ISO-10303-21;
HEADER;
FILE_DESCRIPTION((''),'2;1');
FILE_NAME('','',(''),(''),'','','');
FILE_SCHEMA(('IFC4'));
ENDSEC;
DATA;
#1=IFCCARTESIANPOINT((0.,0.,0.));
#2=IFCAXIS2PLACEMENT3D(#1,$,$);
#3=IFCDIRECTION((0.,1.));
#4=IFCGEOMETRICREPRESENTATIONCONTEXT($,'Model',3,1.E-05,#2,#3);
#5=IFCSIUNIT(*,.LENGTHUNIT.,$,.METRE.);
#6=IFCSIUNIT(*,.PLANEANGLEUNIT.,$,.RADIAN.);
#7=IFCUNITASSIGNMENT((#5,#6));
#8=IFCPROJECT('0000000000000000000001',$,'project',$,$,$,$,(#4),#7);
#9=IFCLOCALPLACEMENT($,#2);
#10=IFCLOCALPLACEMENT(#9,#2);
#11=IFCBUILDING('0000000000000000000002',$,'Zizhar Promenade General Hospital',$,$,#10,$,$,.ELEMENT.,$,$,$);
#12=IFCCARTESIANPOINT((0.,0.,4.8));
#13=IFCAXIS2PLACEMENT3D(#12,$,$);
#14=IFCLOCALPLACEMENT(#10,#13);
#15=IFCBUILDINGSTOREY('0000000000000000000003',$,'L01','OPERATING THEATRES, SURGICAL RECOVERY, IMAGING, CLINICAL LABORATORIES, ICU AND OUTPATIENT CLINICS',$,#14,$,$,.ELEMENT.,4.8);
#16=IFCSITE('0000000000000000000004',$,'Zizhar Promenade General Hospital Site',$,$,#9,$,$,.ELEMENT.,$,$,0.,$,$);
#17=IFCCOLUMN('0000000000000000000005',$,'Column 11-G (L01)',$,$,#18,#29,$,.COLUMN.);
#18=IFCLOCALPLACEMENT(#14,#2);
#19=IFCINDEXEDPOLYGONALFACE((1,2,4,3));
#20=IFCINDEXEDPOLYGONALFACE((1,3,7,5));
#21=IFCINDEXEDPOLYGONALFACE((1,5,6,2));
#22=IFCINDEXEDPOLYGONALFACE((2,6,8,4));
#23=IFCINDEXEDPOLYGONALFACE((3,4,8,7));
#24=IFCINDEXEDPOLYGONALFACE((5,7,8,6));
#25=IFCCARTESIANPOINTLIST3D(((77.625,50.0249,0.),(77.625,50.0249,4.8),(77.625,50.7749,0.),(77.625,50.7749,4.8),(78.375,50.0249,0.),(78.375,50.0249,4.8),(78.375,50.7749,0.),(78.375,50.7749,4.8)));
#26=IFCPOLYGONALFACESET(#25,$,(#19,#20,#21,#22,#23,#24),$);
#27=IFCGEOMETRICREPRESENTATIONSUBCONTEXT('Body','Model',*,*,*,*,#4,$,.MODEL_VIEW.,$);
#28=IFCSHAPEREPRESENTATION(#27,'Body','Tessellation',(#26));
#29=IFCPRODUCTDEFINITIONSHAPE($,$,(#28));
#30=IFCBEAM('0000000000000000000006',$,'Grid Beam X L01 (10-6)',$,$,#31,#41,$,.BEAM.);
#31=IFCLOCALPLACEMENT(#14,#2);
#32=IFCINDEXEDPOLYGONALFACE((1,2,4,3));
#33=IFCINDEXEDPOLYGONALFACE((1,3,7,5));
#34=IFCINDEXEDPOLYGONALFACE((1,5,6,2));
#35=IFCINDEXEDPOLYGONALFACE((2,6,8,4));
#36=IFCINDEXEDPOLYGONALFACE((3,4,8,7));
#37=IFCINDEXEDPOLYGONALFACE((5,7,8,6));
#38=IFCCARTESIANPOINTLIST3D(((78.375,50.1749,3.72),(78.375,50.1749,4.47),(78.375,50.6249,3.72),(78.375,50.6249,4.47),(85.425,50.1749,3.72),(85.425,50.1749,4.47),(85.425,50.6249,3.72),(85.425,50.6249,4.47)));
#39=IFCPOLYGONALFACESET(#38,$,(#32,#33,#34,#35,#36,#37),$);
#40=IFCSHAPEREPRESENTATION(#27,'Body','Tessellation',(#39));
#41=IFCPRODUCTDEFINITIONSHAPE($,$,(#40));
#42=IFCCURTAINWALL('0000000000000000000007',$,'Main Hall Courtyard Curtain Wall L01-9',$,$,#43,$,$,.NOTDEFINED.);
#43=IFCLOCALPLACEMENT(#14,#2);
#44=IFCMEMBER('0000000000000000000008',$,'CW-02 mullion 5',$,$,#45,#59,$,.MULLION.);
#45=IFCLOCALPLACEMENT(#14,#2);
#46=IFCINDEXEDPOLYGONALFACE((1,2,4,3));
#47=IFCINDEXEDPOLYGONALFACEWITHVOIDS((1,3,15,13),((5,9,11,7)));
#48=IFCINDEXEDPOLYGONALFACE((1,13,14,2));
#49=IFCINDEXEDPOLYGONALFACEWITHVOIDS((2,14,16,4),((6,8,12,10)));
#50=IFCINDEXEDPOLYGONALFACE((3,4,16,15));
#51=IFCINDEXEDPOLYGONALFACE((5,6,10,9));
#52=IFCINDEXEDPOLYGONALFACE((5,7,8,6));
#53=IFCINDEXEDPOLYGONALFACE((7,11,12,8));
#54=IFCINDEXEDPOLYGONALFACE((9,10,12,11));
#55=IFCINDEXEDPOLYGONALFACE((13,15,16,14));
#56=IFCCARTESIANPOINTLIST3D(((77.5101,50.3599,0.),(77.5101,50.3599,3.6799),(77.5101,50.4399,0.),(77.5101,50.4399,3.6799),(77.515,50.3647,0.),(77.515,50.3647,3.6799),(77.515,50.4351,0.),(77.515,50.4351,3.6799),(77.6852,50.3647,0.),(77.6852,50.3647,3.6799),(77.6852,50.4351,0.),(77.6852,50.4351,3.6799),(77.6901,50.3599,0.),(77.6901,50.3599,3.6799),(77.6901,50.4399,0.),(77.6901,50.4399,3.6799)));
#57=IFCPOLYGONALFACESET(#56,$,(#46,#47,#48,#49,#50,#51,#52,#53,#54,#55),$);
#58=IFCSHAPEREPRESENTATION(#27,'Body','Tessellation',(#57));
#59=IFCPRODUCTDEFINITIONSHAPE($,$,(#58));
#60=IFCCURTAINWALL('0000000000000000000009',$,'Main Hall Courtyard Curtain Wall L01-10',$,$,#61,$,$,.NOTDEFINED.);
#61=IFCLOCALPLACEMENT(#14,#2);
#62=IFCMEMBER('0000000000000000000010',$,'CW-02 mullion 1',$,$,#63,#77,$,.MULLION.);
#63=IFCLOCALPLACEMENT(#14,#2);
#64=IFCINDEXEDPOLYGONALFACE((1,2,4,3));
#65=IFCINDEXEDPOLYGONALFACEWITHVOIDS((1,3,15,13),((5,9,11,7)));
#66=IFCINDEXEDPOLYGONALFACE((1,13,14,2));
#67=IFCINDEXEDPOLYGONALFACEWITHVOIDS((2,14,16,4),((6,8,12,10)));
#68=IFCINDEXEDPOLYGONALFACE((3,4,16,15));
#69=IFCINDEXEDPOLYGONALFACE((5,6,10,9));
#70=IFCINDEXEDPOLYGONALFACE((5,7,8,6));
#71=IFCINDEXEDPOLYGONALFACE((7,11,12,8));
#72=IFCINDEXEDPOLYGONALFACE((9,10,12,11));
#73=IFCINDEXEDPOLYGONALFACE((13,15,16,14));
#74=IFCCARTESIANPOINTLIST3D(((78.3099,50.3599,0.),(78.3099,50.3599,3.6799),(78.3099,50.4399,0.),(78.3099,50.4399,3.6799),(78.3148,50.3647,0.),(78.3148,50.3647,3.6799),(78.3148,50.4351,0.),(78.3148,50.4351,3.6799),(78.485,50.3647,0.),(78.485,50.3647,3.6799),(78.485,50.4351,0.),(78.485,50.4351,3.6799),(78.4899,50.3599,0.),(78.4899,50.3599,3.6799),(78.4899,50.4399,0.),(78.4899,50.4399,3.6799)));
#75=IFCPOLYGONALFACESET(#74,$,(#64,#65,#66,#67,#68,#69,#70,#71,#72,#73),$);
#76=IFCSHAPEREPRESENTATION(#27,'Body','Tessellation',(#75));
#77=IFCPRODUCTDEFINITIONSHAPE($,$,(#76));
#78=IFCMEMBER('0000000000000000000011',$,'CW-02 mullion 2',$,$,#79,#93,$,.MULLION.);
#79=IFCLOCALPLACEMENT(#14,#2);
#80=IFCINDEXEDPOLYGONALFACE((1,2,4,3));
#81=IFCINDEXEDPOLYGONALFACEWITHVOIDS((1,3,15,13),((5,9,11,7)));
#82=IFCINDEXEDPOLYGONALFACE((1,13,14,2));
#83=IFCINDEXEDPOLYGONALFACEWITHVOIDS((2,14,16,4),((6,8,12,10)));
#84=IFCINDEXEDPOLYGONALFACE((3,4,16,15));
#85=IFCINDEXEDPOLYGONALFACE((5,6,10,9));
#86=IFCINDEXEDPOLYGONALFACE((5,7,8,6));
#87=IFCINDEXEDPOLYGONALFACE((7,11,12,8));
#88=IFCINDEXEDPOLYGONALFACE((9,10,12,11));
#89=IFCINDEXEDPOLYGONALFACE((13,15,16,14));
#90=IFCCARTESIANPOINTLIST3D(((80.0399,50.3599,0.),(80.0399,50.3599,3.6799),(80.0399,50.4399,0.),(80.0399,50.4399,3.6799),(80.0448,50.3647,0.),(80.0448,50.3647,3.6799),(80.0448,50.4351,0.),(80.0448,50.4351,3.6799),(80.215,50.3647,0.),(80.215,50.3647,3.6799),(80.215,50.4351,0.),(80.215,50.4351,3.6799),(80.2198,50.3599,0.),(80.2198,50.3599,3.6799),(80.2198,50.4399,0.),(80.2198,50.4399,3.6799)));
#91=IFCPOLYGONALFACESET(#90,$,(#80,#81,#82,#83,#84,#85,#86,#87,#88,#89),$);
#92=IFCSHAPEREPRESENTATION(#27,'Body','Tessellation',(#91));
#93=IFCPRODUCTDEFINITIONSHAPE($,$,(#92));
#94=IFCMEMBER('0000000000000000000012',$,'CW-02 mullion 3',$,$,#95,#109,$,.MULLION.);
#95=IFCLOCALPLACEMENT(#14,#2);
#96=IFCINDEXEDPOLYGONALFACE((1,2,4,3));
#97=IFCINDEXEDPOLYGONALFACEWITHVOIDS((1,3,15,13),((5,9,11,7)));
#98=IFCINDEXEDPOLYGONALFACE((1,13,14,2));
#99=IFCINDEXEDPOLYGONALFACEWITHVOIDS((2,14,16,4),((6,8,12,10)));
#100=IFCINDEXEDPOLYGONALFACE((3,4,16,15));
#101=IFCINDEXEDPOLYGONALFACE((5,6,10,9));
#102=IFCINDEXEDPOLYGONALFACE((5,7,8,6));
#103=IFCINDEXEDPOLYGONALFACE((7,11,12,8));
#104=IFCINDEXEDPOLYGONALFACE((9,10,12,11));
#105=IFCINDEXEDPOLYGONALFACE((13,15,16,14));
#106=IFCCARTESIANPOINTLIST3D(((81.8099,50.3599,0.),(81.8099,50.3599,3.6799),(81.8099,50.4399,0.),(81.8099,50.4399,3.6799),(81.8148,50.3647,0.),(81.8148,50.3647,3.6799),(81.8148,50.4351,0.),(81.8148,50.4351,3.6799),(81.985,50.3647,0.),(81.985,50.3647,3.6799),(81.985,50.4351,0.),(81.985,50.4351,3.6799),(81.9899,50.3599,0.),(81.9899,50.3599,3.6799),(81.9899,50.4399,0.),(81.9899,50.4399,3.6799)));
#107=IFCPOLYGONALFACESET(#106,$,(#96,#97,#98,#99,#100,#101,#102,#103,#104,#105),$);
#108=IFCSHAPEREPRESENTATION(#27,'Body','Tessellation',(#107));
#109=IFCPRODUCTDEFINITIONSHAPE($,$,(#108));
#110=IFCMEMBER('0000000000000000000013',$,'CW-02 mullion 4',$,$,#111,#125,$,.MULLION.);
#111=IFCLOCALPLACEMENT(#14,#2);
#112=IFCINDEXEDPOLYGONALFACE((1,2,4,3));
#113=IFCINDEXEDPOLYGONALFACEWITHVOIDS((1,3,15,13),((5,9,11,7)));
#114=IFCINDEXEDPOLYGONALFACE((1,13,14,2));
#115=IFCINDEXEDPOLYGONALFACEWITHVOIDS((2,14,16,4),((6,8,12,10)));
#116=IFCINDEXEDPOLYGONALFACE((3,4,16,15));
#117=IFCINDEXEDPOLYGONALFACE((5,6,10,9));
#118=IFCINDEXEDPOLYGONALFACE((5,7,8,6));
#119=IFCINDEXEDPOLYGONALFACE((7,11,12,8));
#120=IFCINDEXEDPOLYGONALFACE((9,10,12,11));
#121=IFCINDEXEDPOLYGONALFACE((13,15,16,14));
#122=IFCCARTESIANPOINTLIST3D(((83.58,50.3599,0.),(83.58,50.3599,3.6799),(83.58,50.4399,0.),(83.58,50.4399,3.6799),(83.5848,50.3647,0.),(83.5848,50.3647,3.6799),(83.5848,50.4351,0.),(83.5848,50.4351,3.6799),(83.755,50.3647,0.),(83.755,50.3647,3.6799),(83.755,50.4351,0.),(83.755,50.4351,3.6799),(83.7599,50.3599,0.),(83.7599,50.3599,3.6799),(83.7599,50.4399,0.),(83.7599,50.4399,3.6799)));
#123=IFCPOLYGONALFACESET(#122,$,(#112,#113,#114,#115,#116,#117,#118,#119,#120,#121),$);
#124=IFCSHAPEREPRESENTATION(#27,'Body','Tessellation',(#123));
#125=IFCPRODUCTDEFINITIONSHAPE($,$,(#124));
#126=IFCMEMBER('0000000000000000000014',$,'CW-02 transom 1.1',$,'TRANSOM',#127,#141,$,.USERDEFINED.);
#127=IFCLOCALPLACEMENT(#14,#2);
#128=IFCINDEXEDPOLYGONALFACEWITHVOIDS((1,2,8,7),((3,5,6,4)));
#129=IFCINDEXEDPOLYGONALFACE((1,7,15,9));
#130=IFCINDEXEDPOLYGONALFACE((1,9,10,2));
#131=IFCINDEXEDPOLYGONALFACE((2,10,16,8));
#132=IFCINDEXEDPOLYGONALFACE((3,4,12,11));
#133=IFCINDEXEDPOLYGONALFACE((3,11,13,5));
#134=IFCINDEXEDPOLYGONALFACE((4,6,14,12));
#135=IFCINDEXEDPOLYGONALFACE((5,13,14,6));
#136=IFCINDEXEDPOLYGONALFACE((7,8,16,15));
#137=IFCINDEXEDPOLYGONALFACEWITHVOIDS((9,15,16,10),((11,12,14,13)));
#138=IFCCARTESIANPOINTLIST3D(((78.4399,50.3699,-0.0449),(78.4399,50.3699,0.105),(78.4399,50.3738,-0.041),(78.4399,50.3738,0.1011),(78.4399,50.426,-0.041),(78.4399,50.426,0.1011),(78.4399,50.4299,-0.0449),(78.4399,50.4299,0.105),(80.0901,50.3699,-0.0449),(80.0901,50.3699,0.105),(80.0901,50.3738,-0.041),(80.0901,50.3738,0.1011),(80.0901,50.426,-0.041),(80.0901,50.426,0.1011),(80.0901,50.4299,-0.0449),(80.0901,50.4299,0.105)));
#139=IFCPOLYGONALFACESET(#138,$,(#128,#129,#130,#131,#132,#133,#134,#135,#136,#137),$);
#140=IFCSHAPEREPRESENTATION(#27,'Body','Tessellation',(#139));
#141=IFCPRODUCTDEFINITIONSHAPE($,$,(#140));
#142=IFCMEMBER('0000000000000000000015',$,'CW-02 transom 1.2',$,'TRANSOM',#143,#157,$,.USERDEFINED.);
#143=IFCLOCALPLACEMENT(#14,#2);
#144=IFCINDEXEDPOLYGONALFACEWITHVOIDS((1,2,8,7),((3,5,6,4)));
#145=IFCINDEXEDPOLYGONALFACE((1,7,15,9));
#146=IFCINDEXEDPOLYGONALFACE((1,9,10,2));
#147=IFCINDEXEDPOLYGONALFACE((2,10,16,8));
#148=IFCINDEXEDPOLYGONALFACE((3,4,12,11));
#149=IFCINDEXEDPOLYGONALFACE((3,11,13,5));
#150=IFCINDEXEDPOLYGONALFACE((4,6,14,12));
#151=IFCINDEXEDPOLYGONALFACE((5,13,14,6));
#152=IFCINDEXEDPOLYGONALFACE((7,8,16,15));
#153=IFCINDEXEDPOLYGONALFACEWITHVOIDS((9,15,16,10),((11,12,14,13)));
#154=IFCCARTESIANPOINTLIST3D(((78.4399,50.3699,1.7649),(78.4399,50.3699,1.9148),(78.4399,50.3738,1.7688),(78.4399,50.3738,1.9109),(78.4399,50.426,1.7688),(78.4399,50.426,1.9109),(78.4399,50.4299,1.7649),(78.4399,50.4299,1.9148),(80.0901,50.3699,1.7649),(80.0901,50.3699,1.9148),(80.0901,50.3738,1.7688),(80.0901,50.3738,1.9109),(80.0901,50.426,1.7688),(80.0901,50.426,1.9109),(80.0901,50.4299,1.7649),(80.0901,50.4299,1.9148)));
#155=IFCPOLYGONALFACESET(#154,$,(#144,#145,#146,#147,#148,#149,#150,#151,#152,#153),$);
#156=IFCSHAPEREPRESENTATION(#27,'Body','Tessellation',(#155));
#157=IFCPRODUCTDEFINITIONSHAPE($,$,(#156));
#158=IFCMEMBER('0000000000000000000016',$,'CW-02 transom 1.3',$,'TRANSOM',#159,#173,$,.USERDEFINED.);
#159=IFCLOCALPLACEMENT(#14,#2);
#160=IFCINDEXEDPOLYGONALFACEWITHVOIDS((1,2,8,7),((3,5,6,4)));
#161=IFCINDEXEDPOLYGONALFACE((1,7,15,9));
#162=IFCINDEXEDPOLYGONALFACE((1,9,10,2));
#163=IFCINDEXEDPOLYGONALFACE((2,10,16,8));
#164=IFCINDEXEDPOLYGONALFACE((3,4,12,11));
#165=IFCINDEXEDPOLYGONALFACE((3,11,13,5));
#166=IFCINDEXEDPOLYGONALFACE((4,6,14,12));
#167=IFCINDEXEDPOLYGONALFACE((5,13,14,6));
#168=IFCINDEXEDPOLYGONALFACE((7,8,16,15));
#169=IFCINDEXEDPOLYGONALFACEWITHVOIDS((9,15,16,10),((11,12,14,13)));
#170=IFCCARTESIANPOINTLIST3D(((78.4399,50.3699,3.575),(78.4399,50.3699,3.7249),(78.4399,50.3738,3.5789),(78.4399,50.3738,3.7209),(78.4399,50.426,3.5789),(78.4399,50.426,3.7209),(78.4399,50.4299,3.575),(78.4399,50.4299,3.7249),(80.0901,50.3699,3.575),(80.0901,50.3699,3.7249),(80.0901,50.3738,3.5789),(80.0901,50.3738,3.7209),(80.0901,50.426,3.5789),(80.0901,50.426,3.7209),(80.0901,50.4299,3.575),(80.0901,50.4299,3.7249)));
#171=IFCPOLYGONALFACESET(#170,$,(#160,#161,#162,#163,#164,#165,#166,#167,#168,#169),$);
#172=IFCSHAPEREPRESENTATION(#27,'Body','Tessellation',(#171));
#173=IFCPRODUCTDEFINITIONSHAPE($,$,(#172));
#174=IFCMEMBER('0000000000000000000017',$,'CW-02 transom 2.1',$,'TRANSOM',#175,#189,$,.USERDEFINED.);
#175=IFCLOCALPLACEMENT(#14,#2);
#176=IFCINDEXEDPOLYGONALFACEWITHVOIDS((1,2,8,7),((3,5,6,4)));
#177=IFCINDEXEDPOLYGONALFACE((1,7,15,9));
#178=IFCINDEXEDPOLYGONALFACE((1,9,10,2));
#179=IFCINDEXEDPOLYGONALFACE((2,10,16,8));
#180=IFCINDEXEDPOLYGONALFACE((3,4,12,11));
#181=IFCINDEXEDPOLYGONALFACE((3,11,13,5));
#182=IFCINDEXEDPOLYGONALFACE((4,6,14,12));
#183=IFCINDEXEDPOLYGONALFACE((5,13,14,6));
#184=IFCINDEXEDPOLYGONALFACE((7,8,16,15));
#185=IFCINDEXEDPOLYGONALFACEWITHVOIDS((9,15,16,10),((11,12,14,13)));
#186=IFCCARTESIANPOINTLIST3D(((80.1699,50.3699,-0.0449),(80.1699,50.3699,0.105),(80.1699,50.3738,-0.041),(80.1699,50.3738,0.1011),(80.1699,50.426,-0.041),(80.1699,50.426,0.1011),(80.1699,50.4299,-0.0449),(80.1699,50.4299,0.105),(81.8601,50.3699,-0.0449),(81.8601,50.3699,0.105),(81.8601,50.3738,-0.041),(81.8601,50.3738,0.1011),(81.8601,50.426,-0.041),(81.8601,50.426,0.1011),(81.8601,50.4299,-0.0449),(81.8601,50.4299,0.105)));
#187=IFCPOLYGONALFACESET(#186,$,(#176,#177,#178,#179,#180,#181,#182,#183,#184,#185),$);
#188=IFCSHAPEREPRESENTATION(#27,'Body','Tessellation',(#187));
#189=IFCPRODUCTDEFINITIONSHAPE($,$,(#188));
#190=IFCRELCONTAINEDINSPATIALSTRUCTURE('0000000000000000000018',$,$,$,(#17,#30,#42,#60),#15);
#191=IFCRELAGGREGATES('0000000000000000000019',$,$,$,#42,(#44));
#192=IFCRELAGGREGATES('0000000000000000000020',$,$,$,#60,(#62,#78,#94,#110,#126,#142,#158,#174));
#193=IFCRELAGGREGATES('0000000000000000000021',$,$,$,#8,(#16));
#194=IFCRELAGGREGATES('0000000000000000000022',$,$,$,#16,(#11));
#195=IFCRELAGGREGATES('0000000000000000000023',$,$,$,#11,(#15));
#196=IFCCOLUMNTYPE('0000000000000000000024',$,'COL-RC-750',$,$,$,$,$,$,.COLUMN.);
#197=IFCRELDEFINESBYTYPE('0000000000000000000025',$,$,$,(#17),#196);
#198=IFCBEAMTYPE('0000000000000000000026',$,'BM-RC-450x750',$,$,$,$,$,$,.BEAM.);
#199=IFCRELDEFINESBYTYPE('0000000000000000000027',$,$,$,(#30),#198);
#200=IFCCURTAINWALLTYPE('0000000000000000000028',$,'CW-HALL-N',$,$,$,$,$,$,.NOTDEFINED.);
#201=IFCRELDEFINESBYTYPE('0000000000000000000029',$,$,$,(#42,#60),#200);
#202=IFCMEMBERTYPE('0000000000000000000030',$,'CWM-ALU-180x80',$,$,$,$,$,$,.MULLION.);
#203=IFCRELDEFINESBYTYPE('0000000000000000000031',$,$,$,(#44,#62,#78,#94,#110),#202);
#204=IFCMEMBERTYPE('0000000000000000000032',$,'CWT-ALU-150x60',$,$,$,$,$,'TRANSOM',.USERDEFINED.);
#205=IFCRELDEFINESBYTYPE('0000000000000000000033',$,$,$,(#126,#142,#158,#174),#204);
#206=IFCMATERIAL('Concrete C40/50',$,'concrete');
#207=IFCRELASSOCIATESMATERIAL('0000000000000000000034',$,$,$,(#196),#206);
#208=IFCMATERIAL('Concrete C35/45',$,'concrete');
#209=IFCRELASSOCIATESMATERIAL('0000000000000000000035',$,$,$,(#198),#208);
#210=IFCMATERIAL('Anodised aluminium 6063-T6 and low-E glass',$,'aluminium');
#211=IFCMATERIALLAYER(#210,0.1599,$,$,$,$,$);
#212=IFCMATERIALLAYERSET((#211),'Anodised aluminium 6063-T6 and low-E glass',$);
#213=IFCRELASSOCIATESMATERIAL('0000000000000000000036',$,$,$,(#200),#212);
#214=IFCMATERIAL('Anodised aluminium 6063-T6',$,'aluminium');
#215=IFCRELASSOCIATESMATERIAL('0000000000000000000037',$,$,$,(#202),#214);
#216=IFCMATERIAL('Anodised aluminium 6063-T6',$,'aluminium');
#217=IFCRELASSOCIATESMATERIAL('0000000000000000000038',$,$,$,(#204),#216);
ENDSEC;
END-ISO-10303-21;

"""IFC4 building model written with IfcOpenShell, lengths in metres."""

from ifc_helpers import new_model, si_unit, direction, frame, origin, origin_2d, place, context, subcontext, project, spatial, rectangle, hollow_rectangle, extrude, material, layer, layer_set, material_profile, profile_set, type_object, element, aggregate, save


model = new_model("IFC4")

# Units and contexts
model_context = context("Model", 3, precision=1e-05, world=origin(), true_north=direction((0.0, 1.0)))
body_context = subcontext(model_context, "Body", "Model", "MODEL_VIEW")
ifc_project = project(units=[si_unit("LENGTHUNIT", "METRE"), si_unit("PLANEANGLEUNIT", "RADIAN")], contexts=[model_context])

# Site, building, storey
site_placement = place(None, origin())
site = spatial("IfcSite", under=ifc_project, at=site_placement, Name="Zizhar Promenade General Hospital Site", CompositionType="ELEMENT", RefElevation=0.0)
building_placement = place(site_placement, origin())
building = spatial("IfcBuilding", under=site, at=building_placement, Name="Zizhar Promenade General Hospital", CompositionType="ELEMENT")
storey_placement = place(building_placement, frame((0.0, 0.0, 4.8)))
storey = spatial("IfcBuildingStorey", under=building, at=storey_placement, Name="L01", Description="OPERATING THEATRES, SURGICAL RECOVERY, IMAGING, CLINICAL LABORATORIES, ICU AND OUTPATIENT CLINICS", CompositionType="ELEMENT", Elevation=4.8)

# Column
ifc_material_1 = material(Name="Concrete C40/50", Category="concrete")
ifc_material_profile_1 = material_profile(ifc_material_1, rectangle(XDim=0.75, YDim=0.75, at=origin_2d()))
ifc_profile_set_1 = profile_set([ifc_material_profile_1], Name="Concrete C40/50")
column_type = type_object("IfcColumnType", Name="COL-RC-750", PredefinedType="COLUMN", material=ifc_profile_set_1)
column_placement = place(storey_placement, frame((78.0, 50.3999, 0.0), z_axis=(0.0, 0.0, 1.0), x_axis=(1.0, 0.0, 0.0)))
element("IfcColumn", 1, at=column_placement, inside=storey, type_object=column_type, Name="Column 11-G (L01)", PredefinedType="COLUMN", context=body_context, shape_type="SweptSolid", body=[
    extrude(rectangle(XDim=0.75, YDim=0.75, at=origin_2d()), origin(), (0.0, 0.0, 1.0), 4.8),
])

# Beam
ifc_material_2 = material(Name="Concrete C35/45", Category="concrete")
ifc_material_profile_2 = material_profile(ifc_material_2, rectangle(XDim=0.45, YDim=0.75, at=origin_2d()))
ifc_profile_set_2 = profile_set([ifc_material_profile_2], Name="Concrete C35/45")
beam_type = type_object("IfcBeamType", Name="BM-RC-450x750", PredefinedType="BEAM", material=ifc_profile_set_2)
beam_placement = place(storey_placement, frame((78.375, 50.3999, 4.095), z_axis=(1.0, 0.0, 0.0), x_axis=(0.0, 1.0, 0.0)))
element("IfcBeam", 2, at=beam_placement, inside=storey, type_object=beam_type, Name="Grid Beam X L01 (10-6)", PredefinedType="BEAM", context=body_context, shape_type="SweptSolid", body=[
    extrude(rectangle(XDim=0.45, YDim=0.75, at=origin_2d()), origin(), (0.0, 0.0, 1.0), 7.05),
])

# Curtain wall, member
ifc_material_3 = material(Name="Anodised aluminium 6063-T6 and low-E glass", Category="aluminium")
ifc_layer_1 = layer(ifc_material_3, 0.1599)
ifc_layer_set_1 = layer_set([ifc_layer_1], Name="Anodised aluminium 6063-T6 and low-E glass")
curtain_wall_type = type_object("IfcCurtainWallType", Name="CW-HALL-N", PredefinedType="NOTDEFINED", material=ifc_layer_set_1)
curtain_wall_1_placement = place(storey_placement, origin())
curtain_wall_1 = element("IfcCurtainWall", 3, at=curtain_wall_1_placement, inside=storey, type_object=curtain_wall_type, Name="Main Hall Courtyard Curtain Wall L01-9", PredefinedType="NOTDEFINED")
ifc_material_4 = material(Name="Anodised aluminium 6063-T6", Category="aluminium")
ifc_material_profile_3 = material_profile(ifc_material_4, hollow_rectangle(XDim=0.0801, YDim=0.1799, WallThickness=0.0049, at=origin_2d()))
ifc_profile_set_3 = profile_set([ifc_material_profile_3], Name="Anodised aluminium 6063-T6")
member_type_1 = type_object("IfcMemberType", Name="CWM-ALU-180x80", PredefinedType="MULLION", material=ifc_profile_set_3)
member_1_placement = place(storey_placement, frame((77.6001, 50.3999, 0.0), z_axis=(0.0, 0.0, 1.0), x_axis=(0.0, 1.0, 0.0)))
member_1 = element("IfcMember", 4, at=member_1_placement, type_object=member_type_1, Name="CW-02 mullion 5", PredefinedType="MULLION", context=body_context, shape_type="SweptSolid", body=[
    extrude(hollow_rectangle(XDim=0.0801, YDim=0.1799, WallThickness=0.0049, at=origin_2d()), origin(), (0.0, 0.0, 1.0), 3.6799),
])

# Curtain wall, members
curtain_wall_2_placement = place(storey_placement, origin())
curtain_wall_2 = element("IfcCurtainWall", 5, at=curtain_wall_2_placement, inside=storey, type_object=curtain_wall_type, Name="Main Hall Courtyard Curtain Wall L01-10", PredefinedType="NOTDEFINED")
member_2_placement = place(storey_placement, frame((78.3999, 50.3999, 0.0), z_axis=(0.0, 0.0, 1.0), x_axis=(0.0, 1.0, 0.0)))
member_2 = element("IfcMember", 6, at=member_2_placement, type_object=member_type_1, Name="CW-02 mullion 1", PredefinedType="MULLION", context=body_context, shape_type="SweptSolid", body=[
    extrude(hollow_rectangle(XDim=0.0801, YDim=0.1799, WallThickness=0.0049, at=origin_2d()), origin(), (0.0, 0.0, 1.0), 3.6799),
])
member_3_placement = place(storey_placement, frame((80.1299, 50.3999, 0.0), z_axis=(0.0, 0.0, 1.0), x_axis=(0.0, 1.0, 0.0)))
member_3 = element("IfcMember", 7, at=member_3_placement, type_object=member_type_1, Name="CW-02 mullion 2", PredefinedType="MULLION", context=body_context, shape_type="SweptSolid", body=[
    extrude(hollow_rectangle(XDim=0.0801, YDim=0.1799, WallThickness=0.0049, at=origin_2d()), origin(), (0.0, 0.0, 1.0), 3.6799),
])
member_4_placement = place(storey_placement, frame((81.8999, 50.3999, 0.0), z_axis=(0.0, 0.0, 1.0), x_axis=(0.0, 1.0, 0.0)))
member_4 = element("IfcMember", 8, at=member_4_placement, type_object=member_type_1, Name="CW-02 mullion 3", PredefinedType="MULLION", context=body_context, shape_type="SweptSolid", body=[
    extrude(hollow_rectangle(XDim=0.0801, YDim=0.1799, WallThickness=0.0049, at=origin_2d()), origin(), (0.0, 0.0, 1.0), 3.6799),
])
member_5_placement = place(storey_placement, frame((83.6699, 50.3999, 0.0), z_axis=(0.0, 0.0, 1.0), x_axis=(0.0, 1.0, 0.0)))
member_5 = element("IfcMember", 9, at=member_5_placement, type_object=member_type_1, Name="CW-02 mullion 4", PredefinedType="MULLION", context=body_context, shape_type="SweptSolid", body=[
    extrude(hollow_rectangle(XDim=0.0801, YDim=0.1799, WallThickness=0.0049, at=origin_2d()), origin(), (0.0, 0.0, 1.0), 3.6799),
])
ifc_material_5 = material(Name="Anodised aluminium 6063-T6", Category="aluminium")
ifc_material_profile_4 = material_profile(ifc_material_5, hollow_rectangle(XDim=0.0601, YDim=0.1499, WallThickness=0.0039, at=origin_2d()))
ifc_profile_set_4 = profile_set([ifc_material_profile_4], Name="Anodised aluminium 6063-T6")
member_type_2 = type_object("IfcMemberType", Name="CWT-ALU-150x60", ElementType="TRANSOM", PredefinedType="USERDEFINED", material=ifc_profile_set_4)
member_6_placement = place(storey_placement, frame((78.4399, 50.3999, 0.03), z_axis=(1.0, 0.0, 0.0), x_axis=(0.0, 1.0, 0.0)))
member_6 = element("IfcMember", 10, at=member_6_placement, type_object=member_type_2, Name="CW-02 transom 1.1", ObjectType="TRANSOM", PredefinedType="USERDEFINED", context=body_context, shape_type="SweptSolid", body=[
    extrude(hollow_rectangle(XDim=0.0601, YDim=0.1499, WallThickness=0.0039, at=origin_2d()), origin(), (0.0, 0.0, 1.0), 1.6501),
])
member_7_placement = place(storey_placement, frame((78.4399, 50.3999, 1.8398), z_axis=(1.0, 0.0, 0.0), x_axis=(0.0, 1.0, 0.0)))
member_7 = element("IfcMember", 11, at=member_7_placement, type_object=member_type_2, Name="CW-02 transom 1.2", ObjectType="TRANSOM", PredefinedType="USERDEFINED", context=body_context, shape_type="SweptSolid", body=[
    extrude(hollow_rectangle(XDim=0.0601, YDim=0.1499, WallThickness=0.0039, at=origin_2d()), origin(), (0.0, 0.0, 1.0), 1.6501),
])
member_8_placement = place(storey_placement, frame((78.4399, 50.3999, 3.6499), z_axis=(1.0, 0.0, 0.0), x_axis=(0.0, 1.0, 0.0)))
member_8 = element("IfcMember", 12, at=member_8_placement, type_object=member_type_2, Name="CW-02 transom 1.3", ObjectType="TRANSOM", PredefinedType="USERDEFINED", context=body_context, shape_type="SweptSolid", body=[
    extrude(hollow_rectangle(XDim=0.0601, YDim=0.1499, WallThickness=0.0039, at=origin_2d()), origin(), (0.0, 0.0, 1.0), 1.6501),
])
member_9_placement = place(storey_placement, frame((80.1699, 50.3999, 0.03), z_axis=(1.0, 0.0, 0.0), x_axis=(0.0, 1.0, 0.0)))
member_9 = element("IfcMember", 13, at=member_9_placement, type_object=member_type_2, Name="CW-02 transom 2.1", ObjectType="TRANSOM", PredefinedType="USERDEFINED", context=body_context, shape_type="SweptSolid", body=[
    extrude(hollow_rectangle(XDim=0.0601, YDim=0.1499, WallThickness=0.0039, at=origin_2d()), origin(), (0.0, 0.0, 1.0), 1.6902),
])

aggregate(curtain_wall_1, [member_1])
aggregate(curtain_wall_2, [member_2, member_3, member_4, member_5, member_6, member_7, member_8, member_9])

save(model, "model.ifc")
